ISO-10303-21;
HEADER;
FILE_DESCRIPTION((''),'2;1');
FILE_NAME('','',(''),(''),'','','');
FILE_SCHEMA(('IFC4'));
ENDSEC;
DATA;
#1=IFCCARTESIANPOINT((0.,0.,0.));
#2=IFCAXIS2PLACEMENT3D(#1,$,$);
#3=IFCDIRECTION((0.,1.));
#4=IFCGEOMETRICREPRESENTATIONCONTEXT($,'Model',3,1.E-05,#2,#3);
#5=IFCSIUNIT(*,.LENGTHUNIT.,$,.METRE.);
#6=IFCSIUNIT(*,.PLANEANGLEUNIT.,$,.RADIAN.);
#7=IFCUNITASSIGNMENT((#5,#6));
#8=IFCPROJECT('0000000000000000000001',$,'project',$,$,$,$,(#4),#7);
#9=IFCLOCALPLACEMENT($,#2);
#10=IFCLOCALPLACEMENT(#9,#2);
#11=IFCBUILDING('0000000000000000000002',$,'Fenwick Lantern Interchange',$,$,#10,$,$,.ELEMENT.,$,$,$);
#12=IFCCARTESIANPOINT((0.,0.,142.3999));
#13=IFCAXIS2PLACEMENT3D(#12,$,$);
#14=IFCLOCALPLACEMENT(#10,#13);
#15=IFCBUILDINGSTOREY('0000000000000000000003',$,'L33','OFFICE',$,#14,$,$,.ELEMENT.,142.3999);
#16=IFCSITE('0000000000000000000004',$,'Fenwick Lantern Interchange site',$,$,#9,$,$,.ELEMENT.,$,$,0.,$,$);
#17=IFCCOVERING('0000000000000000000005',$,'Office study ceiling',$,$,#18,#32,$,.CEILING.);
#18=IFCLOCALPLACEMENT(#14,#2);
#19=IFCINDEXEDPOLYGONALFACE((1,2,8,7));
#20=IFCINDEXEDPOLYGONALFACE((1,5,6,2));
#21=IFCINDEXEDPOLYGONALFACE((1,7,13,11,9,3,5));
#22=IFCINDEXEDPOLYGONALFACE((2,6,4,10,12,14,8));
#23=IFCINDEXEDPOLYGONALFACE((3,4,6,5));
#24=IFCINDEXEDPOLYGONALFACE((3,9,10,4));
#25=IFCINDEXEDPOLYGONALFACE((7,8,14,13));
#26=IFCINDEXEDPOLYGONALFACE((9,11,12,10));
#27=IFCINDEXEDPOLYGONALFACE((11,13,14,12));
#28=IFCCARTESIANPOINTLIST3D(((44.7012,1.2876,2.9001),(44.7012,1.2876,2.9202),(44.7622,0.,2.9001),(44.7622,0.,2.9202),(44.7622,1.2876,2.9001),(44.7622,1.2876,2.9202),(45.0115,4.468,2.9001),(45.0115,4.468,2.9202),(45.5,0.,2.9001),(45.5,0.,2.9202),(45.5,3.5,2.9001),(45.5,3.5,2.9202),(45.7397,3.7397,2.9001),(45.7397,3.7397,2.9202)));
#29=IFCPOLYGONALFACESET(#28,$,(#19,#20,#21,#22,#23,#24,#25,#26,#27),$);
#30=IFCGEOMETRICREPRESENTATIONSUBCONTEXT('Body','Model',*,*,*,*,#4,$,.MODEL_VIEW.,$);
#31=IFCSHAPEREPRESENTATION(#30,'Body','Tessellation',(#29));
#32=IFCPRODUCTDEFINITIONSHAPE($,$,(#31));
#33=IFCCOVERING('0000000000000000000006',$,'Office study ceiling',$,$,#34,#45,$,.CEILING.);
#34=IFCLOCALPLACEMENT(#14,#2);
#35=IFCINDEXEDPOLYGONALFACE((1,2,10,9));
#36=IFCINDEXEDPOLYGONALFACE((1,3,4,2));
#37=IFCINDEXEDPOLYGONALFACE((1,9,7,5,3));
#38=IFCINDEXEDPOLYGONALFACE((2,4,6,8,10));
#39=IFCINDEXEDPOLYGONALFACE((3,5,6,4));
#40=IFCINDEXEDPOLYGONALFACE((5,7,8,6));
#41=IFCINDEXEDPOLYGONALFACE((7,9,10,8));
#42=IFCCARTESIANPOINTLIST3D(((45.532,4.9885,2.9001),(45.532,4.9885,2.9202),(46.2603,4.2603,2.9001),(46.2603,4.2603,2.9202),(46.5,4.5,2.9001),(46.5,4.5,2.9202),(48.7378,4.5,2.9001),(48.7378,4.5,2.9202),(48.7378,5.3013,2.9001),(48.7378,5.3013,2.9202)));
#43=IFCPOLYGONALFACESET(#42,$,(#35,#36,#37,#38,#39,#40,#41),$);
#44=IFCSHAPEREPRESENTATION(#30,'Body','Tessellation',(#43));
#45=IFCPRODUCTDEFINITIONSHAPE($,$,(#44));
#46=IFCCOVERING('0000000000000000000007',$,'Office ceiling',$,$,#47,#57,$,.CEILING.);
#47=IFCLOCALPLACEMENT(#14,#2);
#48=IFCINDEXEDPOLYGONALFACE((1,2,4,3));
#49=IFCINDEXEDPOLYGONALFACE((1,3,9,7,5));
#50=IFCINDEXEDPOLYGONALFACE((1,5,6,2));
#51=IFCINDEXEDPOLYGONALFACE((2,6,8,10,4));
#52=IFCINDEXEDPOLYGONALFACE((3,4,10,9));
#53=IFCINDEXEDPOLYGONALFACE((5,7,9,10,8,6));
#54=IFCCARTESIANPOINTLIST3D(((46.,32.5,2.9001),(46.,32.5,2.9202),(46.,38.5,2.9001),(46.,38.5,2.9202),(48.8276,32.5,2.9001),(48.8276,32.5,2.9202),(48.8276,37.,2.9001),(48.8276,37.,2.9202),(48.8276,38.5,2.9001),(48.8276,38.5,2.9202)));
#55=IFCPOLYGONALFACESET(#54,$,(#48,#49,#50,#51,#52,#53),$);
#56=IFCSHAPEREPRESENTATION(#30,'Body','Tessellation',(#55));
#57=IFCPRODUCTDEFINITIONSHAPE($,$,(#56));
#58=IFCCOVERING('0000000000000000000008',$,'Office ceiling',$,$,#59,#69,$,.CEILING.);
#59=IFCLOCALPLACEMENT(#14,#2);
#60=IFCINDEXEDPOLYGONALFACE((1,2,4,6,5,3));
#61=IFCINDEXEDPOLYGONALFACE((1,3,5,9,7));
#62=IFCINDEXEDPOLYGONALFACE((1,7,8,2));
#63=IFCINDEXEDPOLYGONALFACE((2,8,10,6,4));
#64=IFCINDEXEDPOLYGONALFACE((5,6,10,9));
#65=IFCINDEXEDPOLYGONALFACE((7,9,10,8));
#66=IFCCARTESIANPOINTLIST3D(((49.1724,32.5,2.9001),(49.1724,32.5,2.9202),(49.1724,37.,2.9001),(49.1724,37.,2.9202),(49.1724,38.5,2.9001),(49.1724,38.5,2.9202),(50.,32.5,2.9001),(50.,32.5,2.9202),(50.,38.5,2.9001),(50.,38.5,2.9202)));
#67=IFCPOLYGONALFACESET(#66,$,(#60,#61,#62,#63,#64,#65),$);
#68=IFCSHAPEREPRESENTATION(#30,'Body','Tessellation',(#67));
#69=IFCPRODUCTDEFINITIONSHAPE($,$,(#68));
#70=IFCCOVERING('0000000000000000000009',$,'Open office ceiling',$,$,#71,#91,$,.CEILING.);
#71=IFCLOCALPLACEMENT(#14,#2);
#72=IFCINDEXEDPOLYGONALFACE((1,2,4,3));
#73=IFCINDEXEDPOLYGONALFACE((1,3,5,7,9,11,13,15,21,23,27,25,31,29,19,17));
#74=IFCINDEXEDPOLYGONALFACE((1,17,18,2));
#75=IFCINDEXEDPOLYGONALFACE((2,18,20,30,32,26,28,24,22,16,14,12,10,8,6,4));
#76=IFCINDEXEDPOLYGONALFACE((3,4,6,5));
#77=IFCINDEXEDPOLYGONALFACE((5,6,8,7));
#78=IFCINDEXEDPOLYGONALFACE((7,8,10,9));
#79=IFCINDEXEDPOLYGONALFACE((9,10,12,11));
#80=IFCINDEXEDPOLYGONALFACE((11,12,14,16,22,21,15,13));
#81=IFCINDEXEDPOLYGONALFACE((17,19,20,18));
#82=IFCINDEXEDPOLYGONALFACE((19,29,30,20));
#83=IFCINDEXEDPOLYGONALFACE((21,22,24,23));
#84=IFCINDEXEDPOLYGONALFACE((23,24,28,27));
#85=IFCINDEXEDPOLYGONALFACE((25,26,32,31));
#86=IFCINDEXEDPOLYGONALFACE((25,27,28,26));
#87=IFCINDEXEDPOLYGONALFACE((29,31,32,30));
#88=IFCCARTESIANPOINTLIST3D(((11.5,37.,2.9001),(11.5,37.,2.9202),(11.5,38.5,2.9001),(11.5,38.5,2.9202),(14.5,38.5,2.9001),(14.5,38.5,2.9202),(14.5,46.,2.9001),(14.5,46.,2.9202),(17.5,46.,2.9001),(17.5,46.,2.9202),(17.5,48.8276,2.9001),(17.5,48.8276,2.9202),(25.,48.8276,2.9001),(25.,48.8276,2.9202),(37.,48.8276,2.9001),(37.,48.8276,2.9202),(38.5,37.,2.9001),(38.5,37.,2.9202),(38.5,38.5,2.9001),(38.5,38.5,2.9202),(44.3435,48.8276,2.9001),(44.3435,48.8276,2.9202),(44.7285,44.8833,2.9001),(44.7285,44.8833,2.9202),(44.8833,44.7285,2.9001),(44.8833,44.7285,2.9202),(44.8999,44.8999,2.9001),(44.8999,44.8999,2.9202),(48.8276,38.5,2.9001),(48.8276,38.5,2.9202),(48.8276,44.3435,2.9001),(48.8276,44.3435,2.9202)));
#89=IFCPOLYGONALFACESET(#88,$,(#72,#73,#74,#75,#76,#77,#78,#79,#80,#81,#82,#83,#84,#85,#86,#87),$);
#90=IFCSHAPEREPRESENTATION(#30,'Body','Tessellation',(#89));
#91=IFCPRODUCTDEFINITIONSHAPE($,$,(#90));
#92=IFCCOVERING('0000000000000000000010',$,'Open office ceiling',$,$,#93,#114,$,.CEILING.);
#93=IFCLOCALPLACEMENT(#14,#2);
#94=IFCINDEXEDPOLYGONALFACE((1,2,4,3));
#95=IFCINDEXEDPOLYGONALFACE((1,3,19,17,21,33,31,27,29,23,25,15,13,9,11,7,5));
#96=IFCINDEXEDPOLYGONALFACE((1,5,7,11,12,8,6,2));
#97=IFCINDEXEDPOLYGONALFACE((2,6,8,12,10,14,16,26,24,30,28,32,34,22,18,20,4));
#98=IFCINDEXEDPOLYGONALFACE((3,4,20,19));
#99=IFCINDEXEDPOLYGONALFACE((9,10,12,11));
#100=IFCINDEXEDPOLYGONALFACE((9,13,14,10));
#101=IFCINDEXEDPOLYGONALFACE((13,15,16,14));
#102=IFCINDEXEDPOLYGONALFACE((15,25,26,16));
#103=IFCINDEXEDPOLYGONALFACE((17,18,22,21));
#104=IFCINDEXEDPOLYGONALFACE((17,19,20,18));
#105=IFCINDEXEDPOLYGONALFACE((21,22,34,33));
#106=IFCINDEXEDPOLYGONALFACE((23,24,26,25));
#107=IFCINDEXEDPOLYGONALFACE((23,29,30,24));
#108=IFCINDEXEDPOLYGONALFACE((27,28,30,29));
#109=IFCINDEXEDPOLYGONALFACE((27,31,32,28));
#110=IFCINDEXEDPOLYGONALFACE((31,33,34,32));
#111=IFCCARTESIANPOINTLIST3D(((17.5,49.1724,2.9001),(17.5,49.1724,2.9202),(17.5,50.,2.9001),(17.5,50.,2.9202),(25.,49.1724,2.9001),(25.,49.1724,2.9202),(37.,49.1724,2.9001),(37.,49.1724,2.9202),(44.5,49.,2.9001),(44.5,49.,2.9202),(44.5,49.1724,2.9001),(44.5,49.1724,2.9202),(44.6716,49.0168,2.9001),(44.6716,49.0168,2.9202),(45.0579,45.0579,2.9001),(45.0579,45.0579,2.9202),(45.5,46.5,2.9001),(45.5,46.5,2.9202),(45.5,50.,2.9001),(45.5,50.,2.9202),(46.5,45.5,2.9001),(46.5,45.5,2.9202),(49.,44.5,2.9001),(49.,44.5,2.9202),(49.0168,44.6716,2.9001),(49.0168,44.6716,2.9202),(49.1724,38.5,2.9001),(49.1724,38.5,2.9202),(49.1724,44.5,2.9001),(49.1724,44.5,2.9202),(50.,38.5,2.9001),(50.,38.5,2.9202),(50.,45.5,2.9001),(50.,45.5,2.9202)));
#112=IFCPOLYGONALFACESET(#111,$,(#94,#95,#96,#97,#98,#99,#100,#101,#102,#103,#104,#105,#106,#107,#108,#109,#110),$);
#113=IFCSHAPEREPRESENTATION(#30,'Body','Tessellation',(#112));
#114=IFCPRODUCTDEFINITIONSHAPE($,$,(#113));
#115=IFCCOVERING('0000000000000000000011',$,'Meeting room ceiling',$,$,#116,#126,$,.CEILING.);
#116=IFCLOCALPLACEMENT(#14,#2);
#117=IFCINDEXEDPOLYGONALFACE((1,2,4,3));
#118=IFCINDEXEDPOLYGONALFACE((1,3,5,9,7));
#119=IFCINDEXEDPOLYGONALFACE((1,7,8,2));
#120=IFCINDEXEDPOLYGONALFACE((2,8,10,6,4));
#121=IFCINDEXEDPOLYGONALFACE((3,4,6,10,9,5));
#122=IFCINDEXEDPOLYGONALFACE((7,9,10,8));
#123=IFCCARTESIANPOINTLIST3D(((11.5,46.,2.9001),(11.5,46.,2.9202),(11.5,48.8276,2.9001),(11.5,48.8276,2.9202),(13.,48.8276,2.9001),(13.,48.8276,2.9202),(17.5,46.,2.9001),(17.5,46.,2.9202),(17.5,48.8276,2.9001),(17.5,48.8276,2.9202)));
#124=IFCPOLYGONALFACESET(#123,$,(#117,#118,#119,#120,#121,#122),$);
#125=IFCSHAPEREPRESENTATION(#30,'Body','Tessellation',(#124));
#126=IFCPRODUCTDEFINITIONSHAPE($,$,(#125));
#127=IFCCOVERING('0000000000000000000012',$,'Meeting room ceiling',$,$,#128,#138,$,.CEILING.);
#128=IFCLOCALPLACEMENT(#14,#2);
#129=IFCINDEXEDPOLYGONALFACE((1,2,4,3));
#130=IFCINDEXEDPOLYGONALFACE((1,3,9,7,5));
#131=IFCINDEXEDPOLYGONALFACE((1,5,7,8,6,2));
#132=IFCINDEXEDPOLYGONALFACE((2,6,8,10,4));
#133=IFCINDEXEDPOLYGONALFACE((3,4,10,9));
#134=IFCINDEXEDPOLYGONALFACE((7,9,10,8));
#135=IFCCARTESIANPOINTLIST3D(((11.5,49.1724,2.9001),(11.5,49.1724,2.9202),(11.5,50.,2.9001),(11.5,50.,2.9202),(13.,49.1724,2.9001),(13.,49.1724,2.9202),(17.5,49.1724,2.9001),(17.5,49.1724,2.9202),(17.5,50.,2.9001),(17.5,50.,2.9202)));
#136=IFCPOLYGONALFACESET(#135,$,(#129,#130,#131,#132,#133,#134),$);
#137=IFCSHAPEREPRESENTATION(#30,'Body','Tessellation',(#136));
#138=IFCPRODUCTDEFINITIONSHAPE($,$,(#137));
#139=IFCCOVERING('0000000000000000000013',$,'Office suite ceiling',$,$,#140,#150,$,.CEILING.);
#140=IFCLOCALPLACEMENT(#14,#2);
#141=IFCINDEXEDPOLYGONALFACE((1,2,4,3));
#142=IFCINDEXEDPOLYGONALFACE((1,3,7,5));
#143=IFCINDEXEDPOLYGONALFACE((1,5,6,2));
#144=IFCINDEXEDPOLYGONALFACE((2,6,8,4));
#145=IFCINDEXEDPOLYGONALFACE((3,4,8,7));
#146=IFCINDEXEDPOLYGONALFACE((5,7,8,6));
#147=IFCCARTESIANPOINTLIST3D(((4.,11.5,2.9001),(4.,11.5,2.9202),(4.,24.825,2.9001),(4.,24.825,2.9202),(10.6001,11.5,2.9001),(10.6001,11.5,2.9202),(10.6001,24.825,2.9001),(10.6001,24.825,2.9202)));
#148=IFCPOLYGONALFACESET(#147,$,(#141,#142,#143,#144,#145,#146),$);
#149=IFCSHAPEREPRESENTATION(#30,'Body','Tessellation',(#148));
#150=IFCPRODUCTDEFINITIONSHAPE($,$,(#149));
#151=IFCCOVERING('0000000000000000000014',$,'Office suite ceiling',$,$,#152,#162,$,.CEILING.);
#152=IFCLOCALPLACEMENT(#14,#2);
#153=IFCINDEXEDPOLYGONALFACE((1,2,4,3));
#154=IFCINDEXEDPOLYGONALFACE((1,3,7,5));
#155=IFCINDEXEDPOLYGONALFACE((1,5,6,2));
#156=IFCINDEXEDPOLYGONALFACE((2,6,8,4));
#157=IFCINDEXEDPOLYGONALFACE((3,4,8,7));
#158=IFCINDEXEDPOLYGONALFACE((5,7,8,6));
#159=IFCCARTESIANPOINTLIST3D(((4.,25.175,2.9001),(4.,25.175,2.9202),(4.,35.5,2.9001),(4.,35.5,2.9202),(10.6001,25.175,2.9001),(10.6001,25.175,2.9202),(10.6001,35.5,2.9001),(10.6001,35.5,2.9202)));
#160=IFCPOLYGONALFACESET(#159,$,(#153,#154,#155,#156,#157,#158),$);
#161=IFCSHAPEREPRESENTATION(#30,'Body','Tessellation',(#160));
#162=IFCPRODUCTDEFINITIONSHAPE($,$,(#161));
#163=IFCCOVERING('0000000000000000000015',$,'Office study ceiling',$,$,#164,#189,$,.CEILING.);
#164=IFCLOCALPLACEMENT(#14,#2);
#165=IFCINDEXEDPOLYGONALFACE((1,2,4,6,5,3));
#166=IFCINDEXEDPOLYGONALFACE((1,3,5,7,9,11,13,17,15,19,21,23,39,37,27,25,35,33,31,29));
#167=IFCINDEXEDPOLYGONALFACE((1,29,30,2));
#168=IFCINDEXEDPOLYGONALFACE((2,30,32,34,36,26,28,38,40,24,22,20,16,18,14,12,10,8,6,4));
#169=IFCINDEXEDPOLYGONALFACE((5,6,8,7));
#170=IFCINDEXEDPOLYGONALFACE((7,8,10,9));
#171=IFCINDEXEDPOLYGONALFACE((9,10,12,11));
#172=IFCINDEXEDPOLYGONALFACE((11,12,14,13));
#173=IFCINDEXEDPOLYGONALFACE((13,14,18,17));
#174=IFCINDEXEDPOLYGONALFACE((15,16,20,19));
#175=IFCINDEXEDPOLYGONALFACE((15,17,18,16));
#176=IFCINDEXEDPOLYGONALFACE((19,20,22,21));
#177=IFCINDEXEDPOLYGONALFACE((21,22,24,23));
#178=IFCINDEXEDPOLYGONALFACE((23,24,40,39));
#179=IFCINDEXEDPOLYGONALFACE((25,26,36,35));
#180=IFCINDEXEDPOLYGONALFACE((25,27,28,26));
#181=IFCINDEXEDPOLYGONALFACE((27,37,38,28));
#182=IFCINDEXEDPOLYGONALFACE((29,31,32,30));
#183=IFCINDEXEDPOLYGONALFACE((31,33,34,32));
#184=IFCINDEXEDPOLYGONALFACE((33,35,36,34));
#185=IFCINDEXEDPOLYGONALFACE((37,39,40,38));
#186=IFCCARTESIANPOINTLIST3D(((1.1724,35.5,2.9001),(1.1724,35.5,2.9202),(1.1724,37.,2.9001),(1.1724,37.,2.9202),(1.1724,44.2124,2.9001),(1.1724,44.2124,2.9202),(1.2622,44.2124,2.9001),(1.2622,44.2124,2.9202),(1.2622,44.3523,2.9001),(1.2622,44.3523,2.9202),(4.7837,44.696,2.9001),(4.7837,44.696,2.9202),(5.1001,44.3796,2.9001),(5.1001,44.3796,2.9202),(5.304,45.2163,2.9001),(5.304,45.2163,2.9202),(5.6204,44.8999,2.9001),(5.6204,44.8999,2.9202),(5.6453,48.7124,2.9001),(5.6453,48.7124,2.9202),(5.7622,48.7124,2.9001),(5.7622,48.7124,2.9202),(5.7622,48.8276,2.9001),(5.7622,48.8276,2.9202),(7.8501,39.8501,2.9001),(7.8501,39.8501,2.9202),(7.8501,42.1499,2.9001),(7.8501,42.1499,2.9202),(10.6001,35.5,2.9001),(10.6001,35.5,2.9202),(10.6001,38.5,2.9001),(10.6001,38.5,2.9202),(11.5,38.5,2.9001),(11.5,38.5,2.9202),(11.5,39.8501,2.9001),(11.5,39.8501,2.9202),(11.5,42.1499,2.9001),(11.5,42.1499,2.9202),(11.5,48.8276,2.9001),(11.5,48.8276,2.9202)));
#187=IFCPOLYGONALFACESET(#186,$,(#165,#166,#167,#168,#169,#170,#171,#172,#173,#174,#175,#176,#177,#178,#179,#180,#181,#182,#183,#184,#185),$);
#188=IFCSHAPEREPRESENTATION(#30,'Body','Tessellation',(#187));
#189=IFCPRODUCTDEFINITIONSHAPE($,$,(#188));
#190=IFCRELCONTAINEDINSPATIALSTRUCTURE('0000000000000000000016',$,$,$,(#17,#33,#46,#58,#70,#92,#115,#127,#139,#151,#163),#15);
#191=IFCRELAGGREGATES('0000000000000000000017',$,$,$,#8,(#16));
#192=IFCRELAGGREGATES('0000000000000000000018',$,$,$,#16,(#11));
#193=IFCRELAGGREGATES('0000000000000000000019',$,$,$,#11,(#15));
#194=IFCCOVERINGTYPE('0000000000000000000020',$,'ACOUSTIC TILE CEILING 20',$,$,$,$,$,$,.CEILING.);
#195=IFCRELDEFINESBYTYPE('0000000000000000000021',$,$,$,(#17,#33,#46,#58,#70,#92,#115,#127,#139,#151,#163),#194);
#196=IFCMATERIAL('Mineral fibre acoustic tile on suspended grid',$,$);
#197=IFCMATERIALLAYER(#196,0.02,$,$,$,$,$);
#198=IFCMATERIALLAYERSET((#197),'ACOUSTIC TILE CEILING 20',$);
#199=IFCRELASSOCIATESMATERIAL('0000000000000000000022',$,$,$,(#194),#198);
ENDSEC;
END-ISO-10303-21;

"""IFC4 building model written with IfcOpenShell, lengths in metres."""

from ifc_helpers import new_model, si_unit, direction, frame, origin, place, context, subcontext, project, spatial, polyline, outline, extrude, material, layer, layer_set, type_object, element, save


model = new_model("IFC4")

# Units and contexts
model_context = context("Model", 3, precision=1e-05, world=origin(), true_north=direction((0.0, 1.0)))
body_context = subcontext(model_context, "Body", "Model", "MODEL_VIEW")
ifc_project = project(units=[si_unit("LENGTHUNIT", "METRE"), si_unit("PLANEANGLEUNIT", "RADIAN")], contexts=[model_context])

# Site, building, storey
site_placement = place(None, origin())
site = spatial("IfcSite", under=ifc_project, at=site_placement, Name="Fenwick Lantern Interchange site", CompositionType="ELEMENT", RefElevation=0.0)
building_placement = place(site_placement, origin())
building = spatial("IfcBuilding", under=site, at=building_placement, Name="Fenwick Lantern Interchange", CompositionType="ELEMENT")
storey_placement = place(building_placement, frame((0.0, 0.0, 142.3999)))
storey = spatial("IfcBuildingStorey", under=building, at=storey_placement, Name="L33", Description="OFFICE", CompositionType="ELEMENT", Elevation=142.3999)

# Coverings
ifc_material = material(Name="Mineral fibre acoustic tile on suspended grid")
ifc_layer = layer(ifc_material, 0.02)
ifc_layer_set = layer_set([ifc_layer], Name="ACOUSTIC TILE CEILING 20")
covering_type = type_object("IfcCoveringType", Name="ACOUSTIC TILE CEILING 20", PredefinedType="CEILING", material=ifc_layer_set)
covering_1_placement = place(storey_placement, frame((0.0, 0.0, 2.9001)))
element("IfcCovering", 1, at=covering_1_placement, inside=storey, type_object=covering_type, Name="Office study ceiling", PredefinedType="CEILING", context=body_context, shape_type="SweptSolid", body=[
    extrude(outline(polyline([(44.7012, 1.2876), (44.7622, 1.2876), (44.7622, 0.0), (45.5, 0.0), (45.5, 3.5), (45.7397, 3.7397), (45.0115, 4.468), (44.7012, 1.2876)])), origin(), (0.0, 0.0, 1.0), 0.02),
])
covering_2_placement = place(storey_placement, frame((0.0, 0.0, 2.9001)))
element("IfcCovering", 2, at=covering_2_placement, inside=storey, type_object=covering_type, Name="Office study ceiling", PredefinedType="CEILING", context=body_context, shape_type="SweptSolid", body=[
    extrude(outline(polyline([(48.7378, 4.5), (48.7378, 5.3013), (45.532, 4.9885), (46.2603, 4.2603), (46.5, 4.5), (48.7378, 4.5)])), origin(), (0.0, 0.0, 1.0), 0.02),
])
covering_3_placement = place(storey_placement, frame((0.0, 0.0, 2.9001)))
element("IfcCovering", 3, at=covering_3_placement, inside=storey, type_object=covering_type, Name="Office ceiling", PredefinedType="CEILING", context=body_context, shape_type="SweptSolid", body=[
    extrude(outline(polyline([(46.0, 32.5), (48.8276, 32.5), (48.8276, 37.0), (48.8276, 38.5), (46.0, 38.5), (46.0, 32.5)])), origin(), (0.0, 0.0, 1.0), 0.02),
])
covering_4_placement = place(storey_placement, frame((0.0, 0.0, 2.9001)))
element("IfcCovering", 4, at=covering_4_placement, inside=storey, type_object=covering_type, Name="Office ceiling", PredefinedType="CEILING", context=body_context, shape_type="SweptSolid", body=[
    extrude(outline(polyline([(50.0, 38.5), (49.1724, 38.5), (49.1724, 37.0), (49.1724, 32.5), (50.0, 32.5), (50.0, 38.5)])), origin(), (0.0, 0.0, 1.0), 0.02),
])
covering_5_placement = place(storey_placement, frame((0.0, 0.0, 2.9001)))
element("IfcCovering", 5, at=covering_5_placement, inside=storey, type_object=covering_type, Name="Open office ceiling", PredefinedType="CEILING", context=body_context, shape_type="SweptSolid", body=[
    extrude(outline(polyline([(38.5, 38.5), (48.8276, 38.5), (48.8276, 44.3435), (44.8833, 44.7285), (44.8999, 44.8999), (44.7285, 44.8833), (44.3435, 48.8276), (37.0, 48.8276), (25.0, 48.8276), (17.5, 48.8276), (17.5, 46.0), (14.5, 46.0), (14.5, 38.5), (11.5, 38.5), (11.5, 37.0), (38.5, 37.0), (38.5, 38.5)])), origin(), (0.0, 0.0, 1.0), 0.02),
])
covering_6_placement = place(storey_placement, frame((0.0, 0.0, 2.9001)))
element("IfcCovering", 6, at=covering_6_placement, inside=storey, type_object=covering_type, Name="Open office ceiling", PredefinedType="CEILING", context=body_context, shape_type="SweptSolid", body=[
    extrude(outline(polyline([(45.5, 46.5), (45.5, 50.0), (17.5, 50.0), (17.5, 49.1724), (25.0, 49.1724), (37.0, 49.1724), (44.5, 49.1724), (44.5, 49.0), (44.6716, 49.0168), (45.0579, 45.0579), (49.0168, 44.6716), (49.0, 44.5), (49.1724, 44.5), (49.1724, 38.5), (50.0, 38.5), (50.0, 45.5), (46.5, 45.5), (45.5, 46.5)])), origin(), (0.0, 0.0, 1.0), 0.02),
])
covering_7_placement = place(storey_placement, frame((0.0, 0.0, 2.9001)))
element("IfcCovering", 7, at=covering_7_placement, inside=storey, type_object=covering_type, Name="Meeting room ceiling", PredefinedType="CEILING", context=body_context, shape_type="SweptSolid", body=[
    extrude(outline(polyline([(17.5, 46.0), (17.5, 48.8276), (13.0, 48.8276), (11.5, 48.8276), (11.5, 46.0), (17.5, 46.0)])), origin(), (0.0, 0.0, 1.0), 0.02),
])
covering_8_placement = place(storey_placement, frame((0.0, 0.0, 2.9001)))
element("IfcCovering", 8, at=covering_8_placement, inside=storey, type_object=covering_type, Name="Meeting room ceiling", PredefinedType="CEILING", context=body_context, shape_type="SweptSolid", body=[
    extrude(outline(polyline([(11.5, 50.0), (11.5, 49.1724), (13.0, 49.1724), (17.5, 49.1724), (17.5, 50.0), (11.5, 50.0)])), origin(), (0.0, 0.0, 1.0), 0.02),
])
covering_9_placement = place(storey_placement, frame((0.0, 0.0, 2.9001)))
element("IfcCovering", 9, at=covering_9_placement, inside=storey, type_object=covering_type, Name="Office suite ceiling", PredefinedType="CEILING", context=body_context, shape_type="SweptSolid", body=[
    extrude(outline(polyline([(10.6001, 11.5), (10.6001, 24.825), (4.0, 24.825), (4.0, 11.5), (10.6001, 11.5)])), origin(), (0.0, 0.0, 1.0), 0.02),
])
covering_10_placement = place(storey_placement, frame((0.0, 0.0, 2.9001)))
element("IfcCovering", 10, at=covering_10_placement, inside=storey, type_object=covering_type, Name="Office suite ceiling", PredefinedType="CEILING", context=body_context, shape_type="SweptSolid", body=[
    extrude(outline(polyline([(10.6001, 25.175), (10.6001, 35.5), (4.0, 35.5), (4.0, 25.175), (10.6001, 25.175)])), origin(), (0.0, 0.0, 1.0), 0.02),
])
covering_11_placement = place(storey_placement, frame((0.0, 0.0, 2.9001)))
element("IfcCovering", 11, at=covering_11_placement, inside=storey, type_object=covering_type, Name="Office study ceiling", PredefinedType="CEILING", context=body_context, shape_type="SweptSolid", body=[
    extrude(outline(polyline([(5.7622, 48.7124), (5.6453, 48.7124), (5.304, 45.2163), (5.6204, 44.8999), (5.1001, 44.3796), (4.7837, 44.696), (1.2622, 44.3523), (1.2622, 44.2124), (1.1724, 44.2124), (1.1724, 37.0), (1.1724, 35.5), (10.6001, 35.5), (10.6001, 38.5), (11.5, 38.5), (11.5, 39.8501), (7.8501, 39.8501), (7.8501, 42.1499), (11.5, 42.1499), (11.5, 48.8276), (5.7622, 48.8276), (5.7622, 48.7124)])), origin(), (0.0, 0.0, 1.0), 0.02),
])

save(model, "model.ifc")
